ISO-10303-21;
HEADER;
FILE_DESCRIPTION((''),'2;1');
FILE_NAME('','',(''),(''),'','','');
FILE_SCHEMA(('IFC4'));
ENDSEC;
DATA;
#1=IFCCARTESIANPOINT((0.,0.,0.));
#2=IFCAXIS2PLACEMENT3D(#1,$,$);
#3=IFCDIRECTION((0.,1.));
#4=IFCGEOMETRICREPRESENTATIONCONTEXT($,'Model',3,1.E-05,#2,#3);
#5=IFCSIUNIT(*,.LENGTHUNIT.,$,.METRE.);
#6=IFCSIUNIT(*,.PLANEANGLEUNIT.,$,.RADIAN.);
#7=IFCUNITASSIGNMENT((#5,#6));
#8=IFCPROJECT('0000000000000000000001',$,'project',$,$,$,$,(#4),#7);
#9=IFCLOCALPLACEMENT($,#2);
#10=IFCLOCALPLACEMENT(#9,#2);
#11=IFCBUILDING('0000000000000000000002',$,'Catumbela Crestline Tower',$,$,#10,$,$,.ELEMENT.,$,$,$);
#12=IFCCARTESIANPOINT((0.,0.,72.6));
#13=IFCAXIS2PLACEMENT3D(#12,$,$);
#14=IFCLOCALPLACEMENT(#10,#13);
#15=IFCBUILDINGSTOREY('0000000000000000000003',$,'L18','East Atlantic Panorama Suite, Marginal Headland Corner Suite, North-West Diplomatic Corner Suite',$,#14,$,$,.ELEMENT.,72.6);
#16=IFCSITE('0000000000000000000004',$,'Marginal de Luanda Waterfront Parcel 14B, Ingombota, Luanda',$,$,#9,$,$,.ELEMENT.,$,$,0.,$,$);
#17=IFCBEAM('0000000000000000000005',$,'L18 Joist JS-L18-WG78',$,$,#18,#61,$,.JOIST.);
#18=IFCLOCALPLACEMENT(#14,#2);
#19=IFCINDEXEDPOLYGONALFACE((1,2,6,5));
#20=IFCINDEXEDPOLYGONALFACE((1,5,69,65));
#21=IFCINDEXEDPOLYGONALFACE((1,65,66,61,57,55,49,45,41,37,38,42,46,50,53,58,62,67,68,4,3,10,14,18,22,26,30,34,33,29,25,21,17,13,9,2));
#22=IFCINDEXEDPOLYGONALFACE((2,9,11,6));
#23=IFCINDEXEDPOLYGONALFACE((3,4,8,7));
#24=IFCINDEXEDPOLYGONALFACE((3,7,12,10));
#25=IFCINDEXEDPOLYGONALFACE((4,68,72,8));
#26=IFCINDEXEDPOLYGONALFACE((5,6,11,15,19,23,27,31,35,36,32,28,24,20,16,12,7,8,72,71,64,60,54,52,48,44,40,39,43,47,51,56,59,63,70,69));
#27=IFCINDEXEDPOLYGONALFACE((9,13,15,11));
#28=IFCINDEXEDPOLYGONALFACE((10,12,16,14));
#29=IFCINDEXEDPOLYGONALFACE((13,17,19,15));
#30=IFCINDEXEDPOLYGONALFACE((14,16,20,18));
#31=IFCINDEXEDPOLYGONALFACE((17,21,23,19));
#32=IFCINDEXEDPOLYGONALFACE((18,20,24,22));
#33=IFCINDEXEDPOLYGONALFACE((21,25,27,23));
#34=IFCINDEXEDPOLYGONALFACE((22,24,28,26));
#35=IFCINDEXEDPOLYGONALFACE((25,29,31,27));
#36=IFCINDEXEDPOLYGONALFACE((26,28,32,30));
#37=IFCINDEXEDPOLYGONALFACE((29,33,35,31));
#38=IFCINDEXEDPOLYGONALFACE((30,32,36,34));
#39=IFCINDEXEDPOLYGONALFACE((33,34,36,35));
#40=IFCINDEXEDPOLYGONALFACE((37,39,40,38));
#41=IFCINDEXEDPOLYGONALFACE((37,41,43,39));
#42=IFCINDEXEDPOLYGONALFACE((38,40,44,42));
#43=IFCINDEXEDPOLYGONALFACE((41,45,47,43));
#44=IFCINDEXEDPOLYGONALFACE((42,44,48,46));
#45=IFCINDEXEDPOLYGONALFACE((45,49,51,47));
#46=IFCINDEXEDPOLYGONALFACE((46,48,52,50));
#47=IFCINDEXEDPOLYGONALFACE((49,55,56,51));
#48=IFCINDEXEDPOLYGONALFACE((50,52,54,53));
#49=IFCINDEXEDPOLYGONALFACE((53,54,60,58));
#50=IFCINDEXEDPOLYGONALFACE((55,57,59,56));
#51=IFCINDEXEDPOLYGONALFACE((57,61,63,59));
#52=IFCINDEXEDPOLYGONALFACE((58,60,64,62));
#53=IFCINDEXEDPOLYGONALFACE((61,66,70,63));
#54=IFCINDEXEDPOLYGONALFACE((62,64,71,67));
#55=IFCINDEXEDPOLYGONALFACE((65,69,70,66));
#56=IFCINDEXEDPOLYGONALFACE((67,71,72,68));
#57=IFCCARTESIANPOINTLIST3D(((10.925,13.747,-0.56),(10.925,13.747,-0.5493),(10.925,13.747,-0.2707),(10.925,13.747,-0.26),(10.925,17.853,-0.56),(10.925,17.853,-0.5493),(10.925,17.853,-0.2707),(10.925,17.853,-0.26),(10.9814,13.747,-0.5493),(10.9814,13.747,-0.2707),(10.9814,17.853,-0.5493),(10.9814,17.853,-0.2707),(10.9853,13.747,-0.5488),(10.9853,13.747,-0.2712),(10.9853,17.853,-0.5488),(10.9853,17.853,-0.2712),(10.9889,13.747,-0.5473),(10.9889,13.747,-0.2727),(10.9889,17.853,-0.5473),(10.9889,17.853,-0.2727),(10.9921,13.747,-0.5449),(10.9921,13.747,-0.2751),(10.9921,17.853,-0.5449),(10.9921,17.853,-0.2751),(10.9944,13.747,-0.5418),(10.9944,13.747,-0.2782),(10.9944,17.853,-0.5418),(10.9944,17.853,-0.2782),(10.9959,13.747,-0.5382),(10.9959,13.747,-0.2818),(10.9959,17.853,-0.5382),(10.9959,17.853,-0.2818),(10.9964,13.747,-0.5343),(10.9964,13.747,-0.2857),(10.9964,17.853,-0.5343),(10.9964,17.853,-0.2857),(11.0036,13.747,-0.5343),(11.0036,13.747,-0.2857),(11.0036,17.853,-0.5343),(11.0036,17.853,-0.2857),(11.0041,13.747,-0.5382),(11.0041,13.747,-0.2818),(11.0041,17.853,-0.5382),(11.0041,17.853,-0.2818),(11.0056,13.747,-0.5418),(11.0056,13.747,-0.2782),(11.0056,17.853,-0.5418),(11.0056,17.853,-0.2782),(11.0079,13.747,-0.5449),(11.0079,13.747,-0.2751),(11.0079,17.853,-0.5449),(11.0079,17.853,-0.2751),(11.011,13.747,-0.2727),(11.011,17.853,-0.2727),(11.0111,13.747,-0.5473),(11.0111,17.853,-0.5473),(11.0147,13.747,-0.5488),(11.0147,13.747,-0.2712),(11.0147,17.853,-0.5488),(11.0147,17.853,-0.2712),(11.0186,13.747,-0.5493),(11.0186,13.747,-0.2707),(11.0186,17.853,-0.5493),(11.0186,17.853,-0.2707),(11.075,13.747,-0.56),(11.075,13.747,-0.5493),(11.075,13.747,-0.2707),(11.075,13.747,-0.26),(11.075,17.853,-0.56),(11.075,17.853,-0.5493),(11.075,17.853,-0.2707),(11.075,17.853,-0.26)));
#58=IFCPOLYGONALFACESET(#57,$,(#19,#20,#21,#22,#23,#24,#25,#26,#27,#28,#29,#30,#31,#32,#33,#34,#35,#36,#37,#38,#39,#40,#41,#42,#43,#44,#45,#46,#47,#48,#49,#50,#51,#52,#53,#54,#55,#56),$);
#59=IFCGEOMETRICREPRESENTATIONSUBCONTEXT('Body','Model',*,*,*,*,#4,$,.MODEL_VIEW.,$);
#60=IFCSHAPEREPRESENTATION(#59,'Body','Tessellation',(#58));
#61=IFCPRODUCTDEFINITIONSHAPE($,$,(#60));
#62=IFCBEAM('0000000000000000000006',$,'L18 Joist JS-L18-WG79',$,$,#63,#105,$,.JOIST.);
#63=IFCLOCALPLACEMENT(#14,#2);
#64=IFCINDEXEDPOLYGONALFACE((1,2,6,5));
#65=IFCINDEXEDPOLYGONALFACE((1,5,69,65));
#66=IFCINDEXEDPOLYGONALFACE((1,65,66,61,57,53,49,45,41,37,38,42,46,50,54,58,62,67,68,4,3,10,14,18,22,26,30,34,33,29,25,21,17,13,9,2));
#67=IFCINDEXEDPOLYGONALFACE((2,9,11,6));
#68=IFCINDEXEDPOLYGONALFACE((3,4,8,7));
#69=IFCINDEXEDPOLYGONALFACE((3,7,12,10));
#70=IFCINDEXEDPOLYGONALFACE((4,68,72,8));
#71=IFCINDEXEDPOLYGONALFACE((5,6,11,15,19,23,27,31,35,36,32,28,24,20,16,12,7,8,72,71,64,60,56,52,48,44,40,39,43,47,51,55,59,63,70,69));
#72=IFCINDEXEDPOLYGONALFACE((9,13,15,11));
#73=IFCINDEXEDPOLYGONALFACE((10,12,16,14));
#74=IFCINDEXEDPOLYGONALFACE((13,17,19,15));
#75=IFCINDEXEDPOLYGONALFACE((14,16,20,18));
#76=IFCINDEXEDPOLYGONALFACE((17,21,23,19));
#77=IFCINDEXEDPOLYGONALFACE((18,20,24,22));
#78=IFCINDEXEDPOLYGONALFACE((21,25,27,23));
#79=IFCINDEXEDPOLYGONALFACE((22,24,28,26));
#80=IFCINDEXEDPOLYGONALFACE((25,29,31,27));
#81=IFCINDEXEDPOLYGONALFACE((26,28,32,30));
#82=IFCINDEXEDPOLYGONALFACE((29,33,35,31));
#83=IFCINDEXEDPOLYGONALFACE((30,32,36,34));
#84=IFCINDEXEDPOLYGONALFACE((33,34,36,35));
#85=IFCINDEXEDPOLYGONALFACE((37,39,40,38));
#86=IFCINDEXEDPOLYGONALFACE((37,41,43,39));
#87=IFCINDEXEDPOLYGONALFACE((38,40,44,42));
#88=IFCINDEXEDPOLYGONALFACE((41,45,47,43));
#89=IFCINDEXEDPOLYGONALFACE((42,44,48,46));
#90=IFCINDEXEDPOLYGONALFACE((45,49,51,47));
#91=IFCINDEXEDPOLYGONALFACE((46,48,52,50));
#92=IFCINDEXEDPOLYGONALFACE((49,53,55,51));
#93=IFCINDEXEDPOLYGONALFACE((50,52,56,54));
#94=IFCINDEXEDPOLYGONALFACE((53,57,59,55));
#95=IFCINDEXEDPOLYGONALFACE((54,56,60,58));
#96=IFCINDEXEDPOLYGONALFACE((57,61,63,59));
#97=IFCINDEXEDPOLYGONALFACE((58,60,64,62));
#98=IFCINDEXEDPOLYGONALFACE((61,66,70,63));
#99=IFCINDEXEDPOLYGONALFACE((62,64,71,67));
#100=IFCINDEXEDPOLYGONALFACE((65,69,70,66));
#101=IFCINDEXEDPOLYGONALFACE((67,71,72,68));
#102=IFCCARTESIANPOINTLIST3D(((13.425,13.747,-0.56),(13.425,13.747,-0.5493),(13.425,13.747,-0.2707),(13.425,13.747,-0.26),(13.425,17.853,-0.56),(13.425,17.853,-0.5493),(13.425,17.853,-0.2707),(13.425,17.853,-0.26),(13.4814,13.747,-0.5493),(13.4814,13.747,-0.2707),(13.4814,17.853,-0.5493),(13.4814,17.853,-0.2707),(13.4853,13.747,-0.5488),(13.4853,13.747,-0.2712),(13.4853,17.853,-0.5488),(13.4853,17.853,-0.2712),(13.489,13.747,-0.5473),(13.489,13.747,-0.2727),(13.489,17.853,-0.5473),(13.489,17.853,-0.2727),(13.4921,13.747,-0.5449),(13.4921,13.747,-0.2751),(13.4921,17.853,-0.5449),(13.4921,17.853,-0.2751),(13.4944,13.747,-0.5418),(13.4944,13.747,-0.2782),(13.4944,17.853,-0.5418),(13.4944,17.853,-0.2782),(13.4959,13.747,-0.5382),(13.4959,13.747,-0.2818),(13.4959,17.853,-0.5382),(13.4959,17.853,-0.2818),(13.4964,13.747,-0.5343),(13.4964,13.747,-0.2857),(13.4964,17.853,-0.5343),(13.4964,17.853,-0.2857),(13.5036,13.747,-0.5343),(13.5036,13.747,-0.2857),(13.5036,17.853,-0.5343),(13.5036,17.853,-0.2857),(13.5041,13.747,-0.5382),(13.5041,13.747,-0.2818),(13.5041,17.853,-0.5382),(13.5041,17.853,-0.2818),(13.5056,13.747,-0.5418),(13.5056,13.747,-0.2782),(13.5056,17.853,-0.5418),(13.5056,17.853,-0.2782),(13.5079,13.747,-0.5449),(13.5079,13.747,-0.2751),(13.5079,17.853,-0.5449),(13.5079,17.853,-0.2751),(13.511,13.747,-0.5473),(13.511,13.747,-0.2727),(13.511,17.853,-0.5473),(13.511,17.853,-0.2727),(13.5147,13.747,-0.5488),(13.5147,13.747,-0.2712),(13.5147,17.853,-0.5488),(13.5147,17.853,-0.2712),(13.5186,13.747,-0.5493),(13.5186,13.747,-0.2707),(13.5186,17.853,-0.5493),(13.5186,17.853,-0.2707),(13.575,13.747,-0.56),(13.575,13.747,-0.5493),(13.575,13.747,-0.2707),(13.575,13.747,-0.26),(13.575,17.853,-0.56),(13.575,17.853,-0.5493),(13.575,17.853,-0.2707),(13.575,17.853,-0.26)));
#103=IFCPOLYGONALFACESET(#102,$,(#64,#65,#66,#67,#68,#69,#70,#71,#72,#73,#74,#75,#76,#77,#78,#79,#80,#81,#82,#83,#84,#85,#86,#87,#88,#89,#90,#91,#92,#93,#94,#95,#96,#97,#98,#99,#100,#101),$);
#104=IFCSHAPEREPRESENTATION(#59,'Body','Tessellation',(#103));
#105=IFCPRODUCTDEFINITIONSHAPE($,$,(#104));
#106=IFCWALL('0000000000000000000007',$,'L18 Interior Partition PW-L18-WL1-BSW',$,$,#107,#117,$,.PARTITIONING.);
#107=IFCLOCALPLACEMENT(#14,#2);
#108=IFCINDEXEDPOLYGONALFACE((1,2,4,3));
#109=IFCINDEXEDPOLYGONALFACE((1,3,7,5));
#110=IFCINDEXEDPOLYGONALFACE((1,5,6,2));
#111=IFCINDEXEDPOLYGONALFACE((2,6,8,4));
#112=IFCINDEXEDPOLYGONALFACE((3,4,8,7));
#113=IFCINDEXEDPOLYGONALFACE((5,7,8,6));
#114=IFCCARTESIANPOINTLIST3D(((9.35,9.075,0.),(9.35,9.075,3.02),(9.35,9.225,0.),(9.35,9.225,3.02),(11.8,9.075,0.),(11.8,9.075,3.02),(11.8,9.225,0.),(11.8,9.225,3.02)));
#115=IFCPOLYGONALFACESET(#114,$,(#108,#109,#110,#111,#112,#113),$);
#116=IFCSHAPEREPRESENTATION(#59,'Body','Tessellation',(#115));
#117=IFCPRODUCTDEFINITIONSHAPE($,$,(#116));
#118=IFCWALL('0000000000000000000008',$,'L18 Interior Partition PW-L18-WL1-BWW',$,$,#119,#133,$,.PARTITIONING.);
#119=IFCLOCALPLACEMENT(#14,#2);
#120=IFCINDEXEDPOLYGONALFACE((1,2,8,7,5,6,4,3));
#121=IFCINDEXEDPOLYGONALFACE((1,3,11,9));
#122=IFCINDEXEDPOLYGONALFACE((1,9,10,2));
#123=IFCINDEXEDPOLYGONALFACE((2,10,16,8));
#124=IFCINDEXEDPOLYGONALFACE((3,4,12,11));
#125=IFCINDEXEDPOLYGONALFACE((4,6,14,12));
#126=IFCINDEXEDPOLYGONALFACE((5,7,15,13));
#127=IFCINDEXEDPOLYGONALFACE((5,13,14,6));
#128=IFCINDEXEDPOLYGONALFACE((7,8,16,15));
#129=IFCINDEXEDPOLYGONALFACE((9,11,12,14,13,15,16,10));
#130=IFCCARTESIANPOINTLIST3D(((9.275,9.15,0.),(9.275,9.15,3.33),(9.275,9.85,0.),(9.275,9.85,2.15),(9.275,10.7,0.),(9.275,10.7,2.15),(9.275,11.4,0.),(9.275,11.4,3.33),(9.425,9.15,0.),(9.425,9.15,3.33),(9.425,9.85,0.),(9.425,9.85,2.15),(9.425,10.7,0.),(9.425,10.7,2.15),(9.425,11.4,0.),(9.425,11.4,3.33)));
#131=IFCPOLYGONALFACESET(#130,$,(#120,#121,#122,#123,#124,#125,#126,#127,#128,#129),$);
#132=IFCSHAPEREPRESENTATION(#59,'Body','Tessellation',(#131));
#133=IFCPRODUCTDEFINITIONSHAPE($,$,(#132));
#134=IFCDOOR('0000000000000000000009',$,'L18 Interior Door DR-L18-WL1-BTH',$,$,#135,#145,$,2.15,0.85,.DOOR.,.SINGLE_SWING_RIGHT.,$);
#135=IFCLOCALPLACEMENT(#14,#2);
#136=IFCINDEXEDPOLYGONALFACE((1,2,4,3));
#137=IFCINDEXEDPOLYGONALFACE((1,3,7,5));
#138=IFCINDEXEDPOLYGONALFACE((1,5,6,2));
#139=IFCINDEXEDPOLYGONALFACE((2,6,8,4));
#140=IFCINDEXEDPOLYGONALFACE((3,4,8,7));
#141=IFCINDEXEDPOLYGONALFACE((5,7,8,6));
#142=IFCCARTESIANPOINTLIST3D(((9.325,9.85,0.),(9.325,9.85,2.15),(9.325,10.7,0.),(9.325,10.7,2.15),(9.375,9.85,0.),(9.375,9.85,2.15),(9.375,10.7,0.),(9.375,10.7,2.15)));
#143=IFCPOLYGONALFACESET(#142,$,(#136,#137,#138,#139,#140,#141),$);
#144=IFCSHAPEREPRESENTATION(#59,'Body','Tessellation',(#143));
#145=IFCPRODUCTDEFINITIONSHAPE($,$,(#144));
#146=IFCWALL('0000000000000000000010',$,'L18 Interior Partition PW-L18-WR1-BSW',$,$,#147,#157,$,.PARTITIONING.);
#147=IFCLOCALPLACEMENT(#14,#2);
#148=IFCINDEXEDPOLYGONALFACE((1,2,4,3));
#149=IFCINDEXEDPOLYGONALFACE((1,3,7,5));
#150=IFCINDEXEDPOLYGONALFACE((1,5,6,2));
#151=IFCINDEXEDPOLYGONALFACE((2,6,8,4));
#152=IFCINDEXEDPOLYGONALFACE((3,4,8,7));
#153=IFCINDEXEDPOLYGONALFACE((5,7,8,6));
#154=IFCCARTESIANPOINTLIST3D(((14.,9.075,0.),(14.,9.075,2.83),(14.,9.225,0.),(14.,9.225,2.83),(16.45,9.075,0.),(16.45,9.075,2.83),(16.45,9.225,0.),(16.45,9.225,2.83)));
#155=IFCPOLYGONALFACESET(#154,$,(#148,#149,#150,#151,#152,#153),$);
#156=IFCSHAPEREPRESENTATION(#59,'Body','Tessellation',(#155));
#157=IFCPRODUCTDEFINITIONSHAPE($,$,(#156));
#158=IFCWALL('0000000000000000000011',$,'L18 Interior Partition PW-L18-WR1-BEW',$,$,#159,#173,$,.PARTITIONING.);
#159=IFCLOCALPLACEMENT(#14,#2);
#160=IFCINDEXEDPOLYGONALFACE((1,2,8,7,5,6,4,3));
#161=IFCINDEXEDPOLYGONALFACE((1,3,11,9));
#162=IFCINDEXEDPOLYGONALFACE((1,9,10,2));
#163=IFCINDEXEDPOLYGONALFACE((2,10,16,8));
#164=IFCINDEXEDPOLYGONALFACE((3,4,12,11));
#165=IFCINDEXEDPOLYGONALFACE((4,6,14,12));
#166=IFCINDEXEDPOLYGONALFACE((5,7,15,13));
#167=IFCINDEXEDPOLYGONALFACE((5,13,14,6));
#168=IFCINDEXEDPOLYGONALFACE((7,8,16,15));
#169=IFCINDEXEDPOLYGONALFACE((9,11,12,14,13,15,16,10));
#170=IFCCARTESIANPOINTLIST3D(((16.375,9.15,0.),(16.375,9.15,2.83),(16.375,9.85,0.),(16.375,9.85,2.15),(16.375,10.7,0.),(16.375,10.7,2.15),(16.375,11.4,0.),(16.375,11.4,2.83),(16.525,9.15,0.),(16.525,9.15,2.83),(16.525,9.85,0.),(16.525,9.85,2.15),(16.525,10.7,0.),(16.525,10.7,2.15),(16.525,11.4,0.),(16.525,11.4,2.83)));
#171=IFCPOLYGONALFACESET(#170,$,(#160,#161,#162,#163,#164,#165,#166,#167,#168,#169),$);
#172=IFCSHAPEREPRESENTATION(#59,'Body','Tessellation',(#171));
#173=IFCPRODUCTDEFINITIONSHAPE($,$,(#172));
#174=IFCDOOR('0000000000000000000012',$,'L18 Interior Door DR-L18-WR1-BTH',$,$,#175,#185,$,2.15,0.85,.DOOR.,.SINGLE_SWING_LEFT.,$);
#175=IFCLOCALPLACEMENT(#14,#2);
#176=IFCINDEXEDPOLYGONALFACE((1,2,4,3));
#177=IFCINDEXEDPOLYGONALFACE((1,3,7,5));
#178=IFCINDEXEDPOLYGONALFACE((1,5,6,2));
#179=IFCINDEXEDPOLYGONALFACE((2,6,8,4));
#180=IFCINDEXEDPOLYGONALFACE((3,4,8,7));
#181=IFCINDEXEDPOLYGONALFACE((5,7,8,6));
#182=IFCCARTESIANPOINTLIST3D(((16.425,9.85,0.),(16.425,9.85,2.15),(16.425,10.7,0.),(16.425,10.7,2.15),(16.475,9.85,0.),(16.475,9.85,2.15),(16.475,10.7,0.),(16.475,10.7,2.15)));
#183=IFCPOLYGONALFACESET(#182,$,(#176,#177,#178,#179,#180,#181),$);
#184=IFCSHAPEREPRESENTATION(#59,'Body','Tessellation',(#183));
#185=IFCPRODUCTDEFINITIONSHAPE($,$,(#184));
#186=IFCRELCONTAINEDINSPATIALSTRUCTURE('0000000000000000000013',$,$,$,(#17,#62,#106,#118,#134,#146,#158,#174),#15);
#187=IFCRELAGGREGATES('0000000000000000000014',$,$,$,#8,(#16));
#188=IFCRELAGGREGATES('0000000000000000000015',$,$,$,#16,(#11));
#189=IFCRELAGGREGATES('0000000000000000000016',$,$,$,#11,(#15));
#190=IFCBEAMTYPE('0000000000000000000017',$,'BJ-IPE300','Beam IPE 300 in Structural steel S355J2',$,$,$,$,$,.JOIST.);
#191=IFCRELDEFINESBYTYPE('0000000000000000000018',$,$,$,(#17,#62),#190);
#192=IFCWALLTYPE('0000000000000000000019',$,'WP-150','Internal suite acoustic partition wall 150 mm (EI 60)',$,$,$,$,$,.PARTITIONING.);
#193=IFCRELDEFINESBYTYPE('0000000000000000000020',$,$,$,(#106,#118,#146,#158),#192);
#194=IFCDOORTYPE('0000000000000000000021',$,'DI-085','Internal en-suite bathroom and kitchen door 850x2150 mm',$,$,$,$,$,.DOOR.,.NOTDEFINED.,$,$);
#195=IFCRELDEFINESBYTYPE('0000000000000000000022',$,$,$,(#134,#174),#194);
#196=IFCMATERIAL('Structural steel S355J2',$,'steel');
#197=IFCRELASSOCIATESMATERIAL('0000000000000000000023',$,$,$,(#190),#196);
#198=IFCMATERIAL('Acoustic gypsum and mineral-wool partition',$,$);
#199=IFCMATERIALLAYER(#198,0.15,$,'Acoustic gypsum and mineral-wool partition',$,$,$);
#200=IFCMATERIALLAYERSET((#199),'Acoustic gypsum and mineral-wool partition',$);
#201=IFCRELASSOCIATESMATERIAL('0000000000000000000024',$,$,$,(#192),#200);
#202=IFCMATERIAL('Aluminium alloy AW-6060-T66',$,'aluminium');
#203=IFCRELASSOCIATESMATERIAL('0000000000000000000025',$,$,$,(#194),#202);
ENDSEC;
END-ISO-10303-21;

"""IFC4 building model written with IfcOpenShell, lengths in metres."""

from ifc_helpers import new_model, si_unit, direction, frame, frame_2d, origin, origin_2d, place, context, subcontext, project, spatial, rectangle, i_section, extrude, material, layer, layer_set, material_profile, profile_set, type_object, element, fill, save


model = new_model("IFC4")

# Units and contexts
model_context = context("Model", 3, precision=1e-05, world=origin(), true_north=direction((0.0, 1.0)))
body_context = subcontext(model_context, "Body", "Model", "MODEL_VIEW")
ifc_project = project(units=[si_unit("LENGTHUNIT", "METRE"), si_unit("PLANEANGLEUNIT", "RADIAN")], contexts=[model_context])

# Site, building, storey
site_placement = place(None, origin())
site = spatial("IfcSite", under=ifc_project, at=site_placement, Name="Marginal de Luanda Waterfront Parcel 14B, Ingombota, Luanda", CompositionType="ELEMENT", RefElevation=0.0)
building_placement = place(site_placement, origin())
building = spatial("IfcBuilding", under=site, at=building_placement, Name="Catumbela Crestline Tower", CompositionType="ELEMENT")
storey_placement = place(building_placement, frame((0.0, 0.0, 72.6)))
storey = spatial("IfcBuildingStorey", under=building, at=storey_placement, Name="L18", Description="East Atlantic Panorama Suite, Marginal Headland Corner Suite, North-West Diplomatic Corner Suite", CompositionType="ELEMENT", Elevation=72.6)

# Beams
ifc_material_1 = material(Name="Structural steel S355J2", Category="steel")
ifc_material_profile_1 = material_profile(ifc_material_1, i_section(OverallWidth=0.15, OverallDepth=0.3, WebThickness=0.0071, FlangeThickness=0.0107, FilletRadius=0.015, at=origin_2d()), Name="IPE 300")
ifc_profile_set_1 = profile_set([ifc_material_profile_1], Name="Structural steel S355J2")
beam_type_1 = type_object("IfcBeamType", Name="BJ-IPE300", Description="Beam IPE 300 in Structural steel S355J2", PredefinedType="JOIST", material=ifc_profile_set_1)
for number, where, z_axis, x_axis, name in (
    (1, (11.0, 13.747, -0.41), (0.0, 1.0, 0.0), (-1.0, 0.0, 0.0), "L18 Joist JS-L18-WG78"),
    (2, (13.5, 13.747, -0.41), (0.0, 1.0, 0.0), (-1.0, 0.0, 0.0), "L18 Joist JS-L18-WG79"),
):
    element("IfcBeam", number, at=place(storey_placement, frame(where, z_axis=z_axis, x_axis=x_axis)), inside=storey, type_object=beam_type_1, Name=name, PredefinedType="JOIST", context=body_context, shape_type="SweptSolid", body=[
        extrude(i_section(OverallWidth=0.15, OverallDepth=0.3, WebThickness=0.0071, FlangeThickness=0.0107, FilletRadius=0.015, at=origin_2d()), origin(), (0.0, 0.0, 1.0), 4.106),
    ])

# Wall
ifc_material_2 = material(Name="Acoustic gypsum and mineral-wool partition")
ifc_layer = layer(ifc_material_2, 0.15, Name="Acoustic gypsum and mineral-wool partition")
ifc_layer_set = layer_set([ifc_layer], Name="Acoustic gypsum and mineral-wool partition")
wall_type = type_object("IfcWallType", Name="WP-150", Description="Internal suite acoustic partition wall 150 mm (EI 60)", PredefinedType="PARTITIONING", material=ifc_layer_set)
wall_1_placement = place(storey_placement, frame((9.35, 9.15, 0.0), z_axis=(0.0, 0.0, 1.0), x_axis=(1.0, 0.0, 0.0)))
element("IfcWall", 3, at=wall_1_placement, inside=storey, type_object=wall_type, Name="L18 Interior Partition PW-L18-WL1-BSW", PredefinedType="PARTITIONING", context=body_context, shape_type="SweptSolid", body=[
    extrude(rectangle(XDim=2.45, YDim=0.15, at=frame_2d((1.225, 0.0))), origin(), (0.0, 0.0, 1.0), 3.02),
])

# Wall, opening, door
wall_2_placement = place(storey_placement, frame((9.35, 9.15, 0.0), z_axis=(0.0, 0.0, 1.0), x_axis=(0.0, 1.0, 0.0)))
wall_2 = element("IfcWall", 4, at=wall_2_placement, inside=storey, type_object=wall_type, Name="L18 Interior Partition PW-L18-WL1-BWW", PredefinedType="PARTITIONING", context=body_context, shape_type="SweptSolid", body=[
    extrude(rectangle(XDim=2.25, YDim=0.15, at=frame_2d((1.125, 0.0))), origin(), (0.0, 0.0, 1.0), 3.33),
])
opening_1_placement = place(wall_2_placement, frame((0.7, 0.0, 0.0)))
opening_1 = element("IfcOpeningElement", 5, at=opening_1_placement, cuts=wall_2, PredefinedType="OPENING", context=body_context, shape_type="SweptSolid", body=[
    extrude(rectangle(XDim=0.85, YDim=2.15, at=frame_2d((0.425, 1.075))), frame((0.0, 0.085, 0.0), z_axis=(0.0, -1.0, 0.0), x_axis=(1.0, 0.0, 0.0)), (0.0, 0.0, 1.0), 0.17),
])
ifc_material_3 = material(Name="Aluminium alloy AW-6060-T66", Category="aluminium")
door_type = type_object("IfcDoorType", Name="DI-085", Description="Internal en-suite bathroom and kitchen door 850x2150 mm", OperationType="NOTDEFINED", PredefinedType="DOOR", material=ifc_material_3)
door_1_placement = place(opening_1_placement, origin())
door_1 = element("IfcDoor", 6, at=door_1_placement, inside=storey, type_object=door_type, Name="L18 Interior Door DR-L18-WL1-BTH", OperationType="SINGLE_SWING_RIGHT", OverallHeight=2.15, OverallWidth=0.85, PredefinedType="DOOR", context=body_context, shape_type="SweptSolid", body=[
    extrude(rectangle(XDim=0.85, YDim=2.15, at=frame_2d((0.425, 1.075))), frame((0.0, 0.025, 0.0), z_axis=(0.0, -1.0, 0.0), x_axis=(1.0, 0.0, 0.0)), (0.0, 0.0, 1.0), 0.05),
])
fill(opening_1, door_1)

# Wall
wall_3_placement = place(storey_placement, frame((14.0, 9.15, 0.0), z_axis=(0.0, 0.0, 1.0), x_axis=(1.0, 0.0, 0.0)))
element("IfcWall", 7, at=wall_3_placement, inside=storey, type_object=wall_type, Name="L18 Interior Partition PW-L18-WR1-BSW", PredefinedType="PARTITIONING", context=body_context, shape_type="SweptSolid", body=[
    extrude(rectangle(XDim=2.45, YDim=0.15, at=frame_2d((1.225, 0.0))), origin(), (0.0, 0.0, 1.0), 2.83),
])

# Wall, opening, door
wall_4_placement = place(storey_placement, frame((16.45, 9.15, 0.0), z_axis=(0.0, 0.0, 1.0), x_axis=(0.0, 1.0, 0.0)))
wall_4 = element("IfcWall", 8, at=wall_4_placement, inside=storey, type_object=wall_type, Name="L18 Interior Partition PW-L18-WR1-BEW", PredefinedType="PARTITIONING", context=body_context, shape_type="SweptSolid", body=[
    extrude(rectangle(XDim=2.25, YDim=0.15, at=frame_2d((1.125, 0.0))), origin(), (0.0, 0.0, 1.0), 2.83),
])
opening_2_placement = place(wall_4_placement, frame((0.7, 0.0, 0.0)))
opening_2 = element("IfcOpeningElement", 9, at=opening_2_placement, cuts=wall_4, PredefinedType="OPENING", context=body_context, shape_type="SweptSolid", body=[
    extrude(rectangle(XDim=0.85, YDim=2.15, at=frame_2d((0.425, 1.075))), frame((0.0, 0.085, 0.0), z_axis=(0.0, -1.0, 0.0), x_axis=(1.0, 0.0, 0.0)), (0.0, 0.0, 1.0), 0.17),
])
door_2_placement = place(opening_2_placement, origin())
door_2 = element("IfcDoor", 10, at=door_2_placement, inside=storey, type_object=door_type, Name="L18 Interior Door DR-L18-WR1-BTH", OperationType="SINGLE_SWING_LEFT", OverallHeight=2.15, OverallWidth=0.85, PredefinedType="DOOR", context=body_context, shape_type="SweptSolid", body=[
    extrude(rectangle(XDim=0.85, YDim=2.15, at=frame_2d((0.425, 1.075))), frame((0.0, 0.025, 0.0), z_axis=(0.0, -1.0, 0.0), x_axis=(1.0, 0.0, 0.0)), (0.0, 0.0, 1.0), 0.05),
])
fill(opening_2, door_2)

save(model, "model.ifc")
